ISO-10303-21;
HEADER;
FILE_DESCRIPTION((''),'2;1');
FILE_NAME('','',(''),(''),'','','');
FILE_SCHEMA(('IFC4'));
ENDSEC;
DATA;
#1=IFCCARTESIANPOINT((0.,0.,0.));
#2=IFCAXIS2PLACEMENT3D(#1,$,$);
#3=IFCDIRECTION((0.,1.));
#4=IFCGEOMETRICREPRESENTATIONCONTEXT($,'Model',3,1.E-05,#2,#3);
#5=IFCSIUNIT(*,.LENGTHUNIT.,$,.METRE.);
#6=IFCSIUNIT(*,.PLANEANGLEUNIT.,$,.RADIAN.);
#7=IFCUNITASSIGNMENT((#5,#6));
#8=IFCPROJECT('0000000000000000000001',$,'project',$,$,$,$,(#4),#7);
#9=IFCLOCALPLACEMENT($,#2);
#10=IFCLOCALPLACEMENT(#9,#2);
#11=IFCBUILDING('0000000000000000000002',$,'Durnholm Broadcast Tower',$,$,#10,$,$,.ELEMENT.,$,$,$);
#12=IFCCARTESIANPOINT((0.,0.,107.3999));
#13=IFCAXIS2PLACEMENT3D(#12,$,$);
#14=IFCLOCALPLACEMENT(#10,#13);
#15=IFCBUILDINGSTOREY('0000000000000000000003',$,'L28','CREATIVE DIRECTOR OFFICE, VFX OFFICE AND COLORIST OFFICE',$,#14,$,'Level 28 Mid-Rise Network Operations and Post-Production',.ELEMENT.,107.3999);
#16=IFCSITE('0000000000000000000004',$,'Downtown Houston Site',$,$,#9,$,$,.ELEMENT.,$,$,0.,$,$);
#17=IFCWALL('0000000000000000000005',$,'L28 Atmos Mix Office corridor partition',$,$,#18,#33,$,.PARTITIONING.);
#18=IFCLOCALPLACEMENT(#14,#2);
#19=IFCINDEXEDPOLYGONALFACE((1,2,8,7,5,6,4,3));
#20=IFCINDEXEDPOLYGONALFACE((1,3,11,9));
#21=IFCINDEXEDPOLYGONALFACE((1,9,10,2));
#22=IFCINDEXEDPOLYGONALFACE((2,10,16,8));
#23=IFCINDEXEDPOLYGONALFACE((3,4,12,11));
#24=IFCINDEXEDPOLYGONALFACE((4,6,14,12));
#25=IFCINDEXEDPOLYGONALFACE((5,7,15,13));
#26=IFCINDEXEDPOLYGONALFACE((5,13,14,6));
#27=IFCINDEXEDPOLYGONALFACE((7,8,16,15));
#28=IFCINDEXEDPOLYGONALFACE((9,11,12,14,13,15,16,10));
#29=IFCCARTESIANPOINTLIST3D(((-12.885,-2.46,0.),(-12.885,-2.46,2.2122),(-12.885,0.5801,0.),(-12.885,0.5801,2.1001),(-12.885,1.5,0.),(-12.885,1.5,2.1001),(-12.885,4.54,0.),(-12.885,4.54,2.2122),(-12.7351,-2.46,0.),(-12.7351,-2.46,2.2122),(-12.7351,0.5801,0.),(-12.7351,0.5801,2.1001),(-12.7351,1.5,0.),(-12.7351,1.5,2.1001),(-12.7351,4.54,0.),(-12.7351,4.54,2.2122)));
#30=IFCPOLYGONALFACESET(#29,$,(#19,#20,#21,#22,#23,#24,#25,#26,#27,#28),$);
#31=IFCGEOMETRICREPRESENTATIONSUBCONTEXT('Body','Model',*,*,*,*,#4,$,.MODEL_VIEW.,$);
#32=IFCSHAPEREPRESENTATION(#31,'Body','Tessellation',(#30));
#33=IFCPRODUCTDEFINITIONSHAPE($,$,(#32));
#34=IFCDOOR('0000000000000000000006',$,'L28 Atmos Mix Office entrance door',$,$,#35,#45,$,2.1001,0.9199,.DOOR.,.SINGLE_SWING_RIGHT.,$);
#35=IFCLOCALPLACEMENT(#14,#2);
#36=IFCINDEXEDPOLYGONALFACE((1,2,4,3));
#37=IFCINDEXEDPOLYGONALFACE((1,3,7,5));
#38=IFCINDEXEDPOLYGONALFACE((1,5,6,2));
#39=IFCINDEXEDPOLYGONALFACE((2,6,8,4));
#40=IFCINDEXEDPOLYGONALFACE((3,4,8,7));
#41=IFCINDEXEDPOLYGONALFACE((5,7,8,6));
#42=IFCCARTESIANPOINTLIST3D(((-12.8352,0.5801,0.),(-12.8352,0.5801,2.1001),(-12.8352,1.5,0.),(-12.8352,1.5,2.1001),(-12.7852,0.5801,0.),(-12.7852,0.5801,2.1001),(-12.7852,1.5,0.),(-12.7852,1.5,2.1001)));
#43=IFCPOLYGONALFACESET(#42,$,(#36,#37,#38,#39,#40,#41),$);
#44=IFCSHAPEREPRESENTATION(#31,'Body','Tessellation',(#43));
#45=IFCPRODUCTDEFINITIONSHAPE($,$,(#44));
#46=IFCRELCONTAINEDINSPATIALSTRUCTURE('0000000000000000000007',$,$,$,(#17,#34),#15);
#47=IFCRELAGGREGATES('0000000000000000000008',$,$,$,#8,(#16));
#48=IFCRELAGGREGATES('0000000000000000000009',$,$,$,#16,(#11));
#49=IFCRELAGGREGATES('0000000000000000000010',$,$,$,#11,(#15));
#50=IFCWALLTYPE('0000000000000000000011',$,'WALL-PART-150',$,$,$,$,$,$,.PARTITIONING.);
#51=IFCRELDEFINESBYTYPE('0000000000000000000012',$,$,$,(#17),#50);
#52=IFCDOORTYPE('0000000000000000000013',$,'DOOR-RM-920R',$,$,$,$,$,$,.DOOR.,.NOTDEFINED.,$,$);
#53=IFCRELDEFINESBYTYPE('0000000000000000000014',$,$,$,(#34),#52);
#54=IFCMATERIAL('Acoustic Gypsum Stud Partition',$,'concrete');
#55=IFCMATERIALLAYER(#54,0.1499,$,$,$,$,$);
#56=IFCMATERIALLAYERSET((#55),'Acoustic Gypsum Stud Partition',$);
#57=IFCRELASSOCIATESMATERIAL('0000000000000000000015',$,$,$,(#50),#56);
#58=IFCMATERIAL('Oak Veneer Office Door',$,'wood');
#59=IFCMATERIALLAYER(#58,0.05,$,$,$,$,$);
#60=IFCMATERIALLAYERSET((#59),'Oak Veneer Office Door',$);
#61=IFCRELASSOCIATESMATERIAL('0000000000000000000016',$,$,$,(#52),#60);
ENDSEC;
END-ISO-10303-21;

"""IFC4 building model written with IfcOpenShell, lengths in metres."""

from ifc_helpers import new_model, si_unit, direction, frame, frame_2d, origin, place, context, subcontext, project, spatial, rectangle, extrude, source, transform, mapped, material, layer, layer_set, type_object, type_shapes, element, fill, save


model = new_model("IFC4")

# Units and contexts
model_context = context("Model", 3, precision=1e-05, world=origin(), true_north=direction((0.0, 1.0)))
body_context = subcontext(model_context, "Body", "Model", "MODEL_VIEW")
ifc_project = project(units=[si_unit("LENGTHUNIT", "METRE"), si_unit("PLANEANGLEUNIT", "RADIAN")], contexts=[model_context])

# Site, building, storey
site_placement = place(None, origin())
site = spatial("IfcSite", under=ifc_project, at=site_placement, Name="Downtown Houston Site", CompositionType="ELEMENT", RefElevation=0.0)
building_placement = place(site_placement, origin())
building = spatial("IfcBuilding", under=site, at=building_placement, Name="Durnholm Broadcast Tower", CompositionType="ELEMENT")
storey_placement = place(building_placement, frame((0.0, 0.0, 107.3999)))
storey = spatial("IfcBuildingStorey", under=building, at=storey_placement, Name="L28", Description="CREATIVE DIRECTOR OFFICE, VFX OFFICE AND COLORIST OFFICE", LongName="Level 28 Mid-Rise Network Operations and Post-Production", CompositionType="ELEMENT", Elevation=107.3999)

# Wall, opening, door
ifc_material_1 = material(Name="Acoustic Gypsum Stud Partition", Category="concrete")
ifc_layer_1 = layer(ifc_material_1, 0.1499)
ifc_layer_set_1 = layer_set([ifc_layer_1], Name="Acoustic Gypsum Stud Partition")
wall_type_1 = type_object("IfcWallType", Name="WALL-PART-150", PredefinedType="PARTITIONING", material=ifc_layer_set_1)
wall_1_placement = place(storey_placement, frame((-12.8101, 4.54, 0.0), z_axis=(0.0, 0.0, 1.0), x_axis=(0.0, -1.0, 0.0)))
wall_1 = element("IfcWall", 1, at=wall_1_placement, inside=storey, type_object=wall_type_1, Name="L28 Atmos Mix Office corridor partition", PredefinedType="PARTITIONING", context=body_context, shape_type="SweptSolid", body=[
    extrude(rectangle(XDim=7.0, YDim=0.1499, at=frame_2d((3.5, 0.0))), origin(), (0.0, 0.0, 1.0), 2.2122),
])
opening_placement = place(wall_1_placement, frame((3.04, 0.0, 0.0)))
opening = element("IfcOpeningElement", 2, at=opening_placement, cuts=wall_1, PredefinedType="OPENING", context=body_context, shape_type="SweptSolid", body=[
    extrude(rectangle(XDim=0.9199, YDim=2.1001, at=frame_2d((0.46, 1.05))), frame((0.0, 0.085, 0.0), z_axis=(0.0, -1.0, 0.0), x_axis=(1.0, 0.0, 0.0)), (0.0, 0.0, 1.0), 0.1699),
])
ifc_material_2 = material(Name="Oak Veneer Office Door", Category="wood")
ifc_layer_2 = layer(ifc_material_2, 0.05)
ifc_layer_set_2 = layer_set([ifc_layer_2], Name="Oak Veneer Office Door")
door_type = type_object("IfcDoorType", Name="DOOR-RM-920R", OperationType="NOTDEFINED", PredefinedType="DOOR", material=ifc_layer_set_2)
shared_shape_1 = source(origin(), body_context, "Body", "SweptSolid", [
    extrude(rectangle(XDim=0.9199, YDim=2.1001, at=frame_2d((0.46, 1.05))), frame((0.0, 0.0249, 0.0), z_axis=(0.0, -1.0, 0.0), x_axis=(1.0, 0.0, 0.0)), (0.0, 0.0, 1.0), 0.05),
])
type_shapes(door_type, [shared_shape_1])
door_placement = place(opening_placement, origin())
door = element("IfcDoor", 3, at=door_placement, inside=storey, type_object=door_type, Name="L28 Atmos Mix Office entrance door", OperationType="SINGLE_SWING_RIGHT", OverallHeight=2.1001, OverallWidth=0.9199, PredefinedType="DOOR", context=body_context, shape_type="MappedRepresentation", body=[
    mapped(shared_shape_1, transform((0.0, 0.0, 0.0), x_axis=(1.0, 0.0, 0.0), y_axis=(0.0, 1.0, 0.0), z_axis=(0.0, 0.0, 1.0), scale=1.0)),
])
fill(opening, door)

save(model, "model.ifc")
